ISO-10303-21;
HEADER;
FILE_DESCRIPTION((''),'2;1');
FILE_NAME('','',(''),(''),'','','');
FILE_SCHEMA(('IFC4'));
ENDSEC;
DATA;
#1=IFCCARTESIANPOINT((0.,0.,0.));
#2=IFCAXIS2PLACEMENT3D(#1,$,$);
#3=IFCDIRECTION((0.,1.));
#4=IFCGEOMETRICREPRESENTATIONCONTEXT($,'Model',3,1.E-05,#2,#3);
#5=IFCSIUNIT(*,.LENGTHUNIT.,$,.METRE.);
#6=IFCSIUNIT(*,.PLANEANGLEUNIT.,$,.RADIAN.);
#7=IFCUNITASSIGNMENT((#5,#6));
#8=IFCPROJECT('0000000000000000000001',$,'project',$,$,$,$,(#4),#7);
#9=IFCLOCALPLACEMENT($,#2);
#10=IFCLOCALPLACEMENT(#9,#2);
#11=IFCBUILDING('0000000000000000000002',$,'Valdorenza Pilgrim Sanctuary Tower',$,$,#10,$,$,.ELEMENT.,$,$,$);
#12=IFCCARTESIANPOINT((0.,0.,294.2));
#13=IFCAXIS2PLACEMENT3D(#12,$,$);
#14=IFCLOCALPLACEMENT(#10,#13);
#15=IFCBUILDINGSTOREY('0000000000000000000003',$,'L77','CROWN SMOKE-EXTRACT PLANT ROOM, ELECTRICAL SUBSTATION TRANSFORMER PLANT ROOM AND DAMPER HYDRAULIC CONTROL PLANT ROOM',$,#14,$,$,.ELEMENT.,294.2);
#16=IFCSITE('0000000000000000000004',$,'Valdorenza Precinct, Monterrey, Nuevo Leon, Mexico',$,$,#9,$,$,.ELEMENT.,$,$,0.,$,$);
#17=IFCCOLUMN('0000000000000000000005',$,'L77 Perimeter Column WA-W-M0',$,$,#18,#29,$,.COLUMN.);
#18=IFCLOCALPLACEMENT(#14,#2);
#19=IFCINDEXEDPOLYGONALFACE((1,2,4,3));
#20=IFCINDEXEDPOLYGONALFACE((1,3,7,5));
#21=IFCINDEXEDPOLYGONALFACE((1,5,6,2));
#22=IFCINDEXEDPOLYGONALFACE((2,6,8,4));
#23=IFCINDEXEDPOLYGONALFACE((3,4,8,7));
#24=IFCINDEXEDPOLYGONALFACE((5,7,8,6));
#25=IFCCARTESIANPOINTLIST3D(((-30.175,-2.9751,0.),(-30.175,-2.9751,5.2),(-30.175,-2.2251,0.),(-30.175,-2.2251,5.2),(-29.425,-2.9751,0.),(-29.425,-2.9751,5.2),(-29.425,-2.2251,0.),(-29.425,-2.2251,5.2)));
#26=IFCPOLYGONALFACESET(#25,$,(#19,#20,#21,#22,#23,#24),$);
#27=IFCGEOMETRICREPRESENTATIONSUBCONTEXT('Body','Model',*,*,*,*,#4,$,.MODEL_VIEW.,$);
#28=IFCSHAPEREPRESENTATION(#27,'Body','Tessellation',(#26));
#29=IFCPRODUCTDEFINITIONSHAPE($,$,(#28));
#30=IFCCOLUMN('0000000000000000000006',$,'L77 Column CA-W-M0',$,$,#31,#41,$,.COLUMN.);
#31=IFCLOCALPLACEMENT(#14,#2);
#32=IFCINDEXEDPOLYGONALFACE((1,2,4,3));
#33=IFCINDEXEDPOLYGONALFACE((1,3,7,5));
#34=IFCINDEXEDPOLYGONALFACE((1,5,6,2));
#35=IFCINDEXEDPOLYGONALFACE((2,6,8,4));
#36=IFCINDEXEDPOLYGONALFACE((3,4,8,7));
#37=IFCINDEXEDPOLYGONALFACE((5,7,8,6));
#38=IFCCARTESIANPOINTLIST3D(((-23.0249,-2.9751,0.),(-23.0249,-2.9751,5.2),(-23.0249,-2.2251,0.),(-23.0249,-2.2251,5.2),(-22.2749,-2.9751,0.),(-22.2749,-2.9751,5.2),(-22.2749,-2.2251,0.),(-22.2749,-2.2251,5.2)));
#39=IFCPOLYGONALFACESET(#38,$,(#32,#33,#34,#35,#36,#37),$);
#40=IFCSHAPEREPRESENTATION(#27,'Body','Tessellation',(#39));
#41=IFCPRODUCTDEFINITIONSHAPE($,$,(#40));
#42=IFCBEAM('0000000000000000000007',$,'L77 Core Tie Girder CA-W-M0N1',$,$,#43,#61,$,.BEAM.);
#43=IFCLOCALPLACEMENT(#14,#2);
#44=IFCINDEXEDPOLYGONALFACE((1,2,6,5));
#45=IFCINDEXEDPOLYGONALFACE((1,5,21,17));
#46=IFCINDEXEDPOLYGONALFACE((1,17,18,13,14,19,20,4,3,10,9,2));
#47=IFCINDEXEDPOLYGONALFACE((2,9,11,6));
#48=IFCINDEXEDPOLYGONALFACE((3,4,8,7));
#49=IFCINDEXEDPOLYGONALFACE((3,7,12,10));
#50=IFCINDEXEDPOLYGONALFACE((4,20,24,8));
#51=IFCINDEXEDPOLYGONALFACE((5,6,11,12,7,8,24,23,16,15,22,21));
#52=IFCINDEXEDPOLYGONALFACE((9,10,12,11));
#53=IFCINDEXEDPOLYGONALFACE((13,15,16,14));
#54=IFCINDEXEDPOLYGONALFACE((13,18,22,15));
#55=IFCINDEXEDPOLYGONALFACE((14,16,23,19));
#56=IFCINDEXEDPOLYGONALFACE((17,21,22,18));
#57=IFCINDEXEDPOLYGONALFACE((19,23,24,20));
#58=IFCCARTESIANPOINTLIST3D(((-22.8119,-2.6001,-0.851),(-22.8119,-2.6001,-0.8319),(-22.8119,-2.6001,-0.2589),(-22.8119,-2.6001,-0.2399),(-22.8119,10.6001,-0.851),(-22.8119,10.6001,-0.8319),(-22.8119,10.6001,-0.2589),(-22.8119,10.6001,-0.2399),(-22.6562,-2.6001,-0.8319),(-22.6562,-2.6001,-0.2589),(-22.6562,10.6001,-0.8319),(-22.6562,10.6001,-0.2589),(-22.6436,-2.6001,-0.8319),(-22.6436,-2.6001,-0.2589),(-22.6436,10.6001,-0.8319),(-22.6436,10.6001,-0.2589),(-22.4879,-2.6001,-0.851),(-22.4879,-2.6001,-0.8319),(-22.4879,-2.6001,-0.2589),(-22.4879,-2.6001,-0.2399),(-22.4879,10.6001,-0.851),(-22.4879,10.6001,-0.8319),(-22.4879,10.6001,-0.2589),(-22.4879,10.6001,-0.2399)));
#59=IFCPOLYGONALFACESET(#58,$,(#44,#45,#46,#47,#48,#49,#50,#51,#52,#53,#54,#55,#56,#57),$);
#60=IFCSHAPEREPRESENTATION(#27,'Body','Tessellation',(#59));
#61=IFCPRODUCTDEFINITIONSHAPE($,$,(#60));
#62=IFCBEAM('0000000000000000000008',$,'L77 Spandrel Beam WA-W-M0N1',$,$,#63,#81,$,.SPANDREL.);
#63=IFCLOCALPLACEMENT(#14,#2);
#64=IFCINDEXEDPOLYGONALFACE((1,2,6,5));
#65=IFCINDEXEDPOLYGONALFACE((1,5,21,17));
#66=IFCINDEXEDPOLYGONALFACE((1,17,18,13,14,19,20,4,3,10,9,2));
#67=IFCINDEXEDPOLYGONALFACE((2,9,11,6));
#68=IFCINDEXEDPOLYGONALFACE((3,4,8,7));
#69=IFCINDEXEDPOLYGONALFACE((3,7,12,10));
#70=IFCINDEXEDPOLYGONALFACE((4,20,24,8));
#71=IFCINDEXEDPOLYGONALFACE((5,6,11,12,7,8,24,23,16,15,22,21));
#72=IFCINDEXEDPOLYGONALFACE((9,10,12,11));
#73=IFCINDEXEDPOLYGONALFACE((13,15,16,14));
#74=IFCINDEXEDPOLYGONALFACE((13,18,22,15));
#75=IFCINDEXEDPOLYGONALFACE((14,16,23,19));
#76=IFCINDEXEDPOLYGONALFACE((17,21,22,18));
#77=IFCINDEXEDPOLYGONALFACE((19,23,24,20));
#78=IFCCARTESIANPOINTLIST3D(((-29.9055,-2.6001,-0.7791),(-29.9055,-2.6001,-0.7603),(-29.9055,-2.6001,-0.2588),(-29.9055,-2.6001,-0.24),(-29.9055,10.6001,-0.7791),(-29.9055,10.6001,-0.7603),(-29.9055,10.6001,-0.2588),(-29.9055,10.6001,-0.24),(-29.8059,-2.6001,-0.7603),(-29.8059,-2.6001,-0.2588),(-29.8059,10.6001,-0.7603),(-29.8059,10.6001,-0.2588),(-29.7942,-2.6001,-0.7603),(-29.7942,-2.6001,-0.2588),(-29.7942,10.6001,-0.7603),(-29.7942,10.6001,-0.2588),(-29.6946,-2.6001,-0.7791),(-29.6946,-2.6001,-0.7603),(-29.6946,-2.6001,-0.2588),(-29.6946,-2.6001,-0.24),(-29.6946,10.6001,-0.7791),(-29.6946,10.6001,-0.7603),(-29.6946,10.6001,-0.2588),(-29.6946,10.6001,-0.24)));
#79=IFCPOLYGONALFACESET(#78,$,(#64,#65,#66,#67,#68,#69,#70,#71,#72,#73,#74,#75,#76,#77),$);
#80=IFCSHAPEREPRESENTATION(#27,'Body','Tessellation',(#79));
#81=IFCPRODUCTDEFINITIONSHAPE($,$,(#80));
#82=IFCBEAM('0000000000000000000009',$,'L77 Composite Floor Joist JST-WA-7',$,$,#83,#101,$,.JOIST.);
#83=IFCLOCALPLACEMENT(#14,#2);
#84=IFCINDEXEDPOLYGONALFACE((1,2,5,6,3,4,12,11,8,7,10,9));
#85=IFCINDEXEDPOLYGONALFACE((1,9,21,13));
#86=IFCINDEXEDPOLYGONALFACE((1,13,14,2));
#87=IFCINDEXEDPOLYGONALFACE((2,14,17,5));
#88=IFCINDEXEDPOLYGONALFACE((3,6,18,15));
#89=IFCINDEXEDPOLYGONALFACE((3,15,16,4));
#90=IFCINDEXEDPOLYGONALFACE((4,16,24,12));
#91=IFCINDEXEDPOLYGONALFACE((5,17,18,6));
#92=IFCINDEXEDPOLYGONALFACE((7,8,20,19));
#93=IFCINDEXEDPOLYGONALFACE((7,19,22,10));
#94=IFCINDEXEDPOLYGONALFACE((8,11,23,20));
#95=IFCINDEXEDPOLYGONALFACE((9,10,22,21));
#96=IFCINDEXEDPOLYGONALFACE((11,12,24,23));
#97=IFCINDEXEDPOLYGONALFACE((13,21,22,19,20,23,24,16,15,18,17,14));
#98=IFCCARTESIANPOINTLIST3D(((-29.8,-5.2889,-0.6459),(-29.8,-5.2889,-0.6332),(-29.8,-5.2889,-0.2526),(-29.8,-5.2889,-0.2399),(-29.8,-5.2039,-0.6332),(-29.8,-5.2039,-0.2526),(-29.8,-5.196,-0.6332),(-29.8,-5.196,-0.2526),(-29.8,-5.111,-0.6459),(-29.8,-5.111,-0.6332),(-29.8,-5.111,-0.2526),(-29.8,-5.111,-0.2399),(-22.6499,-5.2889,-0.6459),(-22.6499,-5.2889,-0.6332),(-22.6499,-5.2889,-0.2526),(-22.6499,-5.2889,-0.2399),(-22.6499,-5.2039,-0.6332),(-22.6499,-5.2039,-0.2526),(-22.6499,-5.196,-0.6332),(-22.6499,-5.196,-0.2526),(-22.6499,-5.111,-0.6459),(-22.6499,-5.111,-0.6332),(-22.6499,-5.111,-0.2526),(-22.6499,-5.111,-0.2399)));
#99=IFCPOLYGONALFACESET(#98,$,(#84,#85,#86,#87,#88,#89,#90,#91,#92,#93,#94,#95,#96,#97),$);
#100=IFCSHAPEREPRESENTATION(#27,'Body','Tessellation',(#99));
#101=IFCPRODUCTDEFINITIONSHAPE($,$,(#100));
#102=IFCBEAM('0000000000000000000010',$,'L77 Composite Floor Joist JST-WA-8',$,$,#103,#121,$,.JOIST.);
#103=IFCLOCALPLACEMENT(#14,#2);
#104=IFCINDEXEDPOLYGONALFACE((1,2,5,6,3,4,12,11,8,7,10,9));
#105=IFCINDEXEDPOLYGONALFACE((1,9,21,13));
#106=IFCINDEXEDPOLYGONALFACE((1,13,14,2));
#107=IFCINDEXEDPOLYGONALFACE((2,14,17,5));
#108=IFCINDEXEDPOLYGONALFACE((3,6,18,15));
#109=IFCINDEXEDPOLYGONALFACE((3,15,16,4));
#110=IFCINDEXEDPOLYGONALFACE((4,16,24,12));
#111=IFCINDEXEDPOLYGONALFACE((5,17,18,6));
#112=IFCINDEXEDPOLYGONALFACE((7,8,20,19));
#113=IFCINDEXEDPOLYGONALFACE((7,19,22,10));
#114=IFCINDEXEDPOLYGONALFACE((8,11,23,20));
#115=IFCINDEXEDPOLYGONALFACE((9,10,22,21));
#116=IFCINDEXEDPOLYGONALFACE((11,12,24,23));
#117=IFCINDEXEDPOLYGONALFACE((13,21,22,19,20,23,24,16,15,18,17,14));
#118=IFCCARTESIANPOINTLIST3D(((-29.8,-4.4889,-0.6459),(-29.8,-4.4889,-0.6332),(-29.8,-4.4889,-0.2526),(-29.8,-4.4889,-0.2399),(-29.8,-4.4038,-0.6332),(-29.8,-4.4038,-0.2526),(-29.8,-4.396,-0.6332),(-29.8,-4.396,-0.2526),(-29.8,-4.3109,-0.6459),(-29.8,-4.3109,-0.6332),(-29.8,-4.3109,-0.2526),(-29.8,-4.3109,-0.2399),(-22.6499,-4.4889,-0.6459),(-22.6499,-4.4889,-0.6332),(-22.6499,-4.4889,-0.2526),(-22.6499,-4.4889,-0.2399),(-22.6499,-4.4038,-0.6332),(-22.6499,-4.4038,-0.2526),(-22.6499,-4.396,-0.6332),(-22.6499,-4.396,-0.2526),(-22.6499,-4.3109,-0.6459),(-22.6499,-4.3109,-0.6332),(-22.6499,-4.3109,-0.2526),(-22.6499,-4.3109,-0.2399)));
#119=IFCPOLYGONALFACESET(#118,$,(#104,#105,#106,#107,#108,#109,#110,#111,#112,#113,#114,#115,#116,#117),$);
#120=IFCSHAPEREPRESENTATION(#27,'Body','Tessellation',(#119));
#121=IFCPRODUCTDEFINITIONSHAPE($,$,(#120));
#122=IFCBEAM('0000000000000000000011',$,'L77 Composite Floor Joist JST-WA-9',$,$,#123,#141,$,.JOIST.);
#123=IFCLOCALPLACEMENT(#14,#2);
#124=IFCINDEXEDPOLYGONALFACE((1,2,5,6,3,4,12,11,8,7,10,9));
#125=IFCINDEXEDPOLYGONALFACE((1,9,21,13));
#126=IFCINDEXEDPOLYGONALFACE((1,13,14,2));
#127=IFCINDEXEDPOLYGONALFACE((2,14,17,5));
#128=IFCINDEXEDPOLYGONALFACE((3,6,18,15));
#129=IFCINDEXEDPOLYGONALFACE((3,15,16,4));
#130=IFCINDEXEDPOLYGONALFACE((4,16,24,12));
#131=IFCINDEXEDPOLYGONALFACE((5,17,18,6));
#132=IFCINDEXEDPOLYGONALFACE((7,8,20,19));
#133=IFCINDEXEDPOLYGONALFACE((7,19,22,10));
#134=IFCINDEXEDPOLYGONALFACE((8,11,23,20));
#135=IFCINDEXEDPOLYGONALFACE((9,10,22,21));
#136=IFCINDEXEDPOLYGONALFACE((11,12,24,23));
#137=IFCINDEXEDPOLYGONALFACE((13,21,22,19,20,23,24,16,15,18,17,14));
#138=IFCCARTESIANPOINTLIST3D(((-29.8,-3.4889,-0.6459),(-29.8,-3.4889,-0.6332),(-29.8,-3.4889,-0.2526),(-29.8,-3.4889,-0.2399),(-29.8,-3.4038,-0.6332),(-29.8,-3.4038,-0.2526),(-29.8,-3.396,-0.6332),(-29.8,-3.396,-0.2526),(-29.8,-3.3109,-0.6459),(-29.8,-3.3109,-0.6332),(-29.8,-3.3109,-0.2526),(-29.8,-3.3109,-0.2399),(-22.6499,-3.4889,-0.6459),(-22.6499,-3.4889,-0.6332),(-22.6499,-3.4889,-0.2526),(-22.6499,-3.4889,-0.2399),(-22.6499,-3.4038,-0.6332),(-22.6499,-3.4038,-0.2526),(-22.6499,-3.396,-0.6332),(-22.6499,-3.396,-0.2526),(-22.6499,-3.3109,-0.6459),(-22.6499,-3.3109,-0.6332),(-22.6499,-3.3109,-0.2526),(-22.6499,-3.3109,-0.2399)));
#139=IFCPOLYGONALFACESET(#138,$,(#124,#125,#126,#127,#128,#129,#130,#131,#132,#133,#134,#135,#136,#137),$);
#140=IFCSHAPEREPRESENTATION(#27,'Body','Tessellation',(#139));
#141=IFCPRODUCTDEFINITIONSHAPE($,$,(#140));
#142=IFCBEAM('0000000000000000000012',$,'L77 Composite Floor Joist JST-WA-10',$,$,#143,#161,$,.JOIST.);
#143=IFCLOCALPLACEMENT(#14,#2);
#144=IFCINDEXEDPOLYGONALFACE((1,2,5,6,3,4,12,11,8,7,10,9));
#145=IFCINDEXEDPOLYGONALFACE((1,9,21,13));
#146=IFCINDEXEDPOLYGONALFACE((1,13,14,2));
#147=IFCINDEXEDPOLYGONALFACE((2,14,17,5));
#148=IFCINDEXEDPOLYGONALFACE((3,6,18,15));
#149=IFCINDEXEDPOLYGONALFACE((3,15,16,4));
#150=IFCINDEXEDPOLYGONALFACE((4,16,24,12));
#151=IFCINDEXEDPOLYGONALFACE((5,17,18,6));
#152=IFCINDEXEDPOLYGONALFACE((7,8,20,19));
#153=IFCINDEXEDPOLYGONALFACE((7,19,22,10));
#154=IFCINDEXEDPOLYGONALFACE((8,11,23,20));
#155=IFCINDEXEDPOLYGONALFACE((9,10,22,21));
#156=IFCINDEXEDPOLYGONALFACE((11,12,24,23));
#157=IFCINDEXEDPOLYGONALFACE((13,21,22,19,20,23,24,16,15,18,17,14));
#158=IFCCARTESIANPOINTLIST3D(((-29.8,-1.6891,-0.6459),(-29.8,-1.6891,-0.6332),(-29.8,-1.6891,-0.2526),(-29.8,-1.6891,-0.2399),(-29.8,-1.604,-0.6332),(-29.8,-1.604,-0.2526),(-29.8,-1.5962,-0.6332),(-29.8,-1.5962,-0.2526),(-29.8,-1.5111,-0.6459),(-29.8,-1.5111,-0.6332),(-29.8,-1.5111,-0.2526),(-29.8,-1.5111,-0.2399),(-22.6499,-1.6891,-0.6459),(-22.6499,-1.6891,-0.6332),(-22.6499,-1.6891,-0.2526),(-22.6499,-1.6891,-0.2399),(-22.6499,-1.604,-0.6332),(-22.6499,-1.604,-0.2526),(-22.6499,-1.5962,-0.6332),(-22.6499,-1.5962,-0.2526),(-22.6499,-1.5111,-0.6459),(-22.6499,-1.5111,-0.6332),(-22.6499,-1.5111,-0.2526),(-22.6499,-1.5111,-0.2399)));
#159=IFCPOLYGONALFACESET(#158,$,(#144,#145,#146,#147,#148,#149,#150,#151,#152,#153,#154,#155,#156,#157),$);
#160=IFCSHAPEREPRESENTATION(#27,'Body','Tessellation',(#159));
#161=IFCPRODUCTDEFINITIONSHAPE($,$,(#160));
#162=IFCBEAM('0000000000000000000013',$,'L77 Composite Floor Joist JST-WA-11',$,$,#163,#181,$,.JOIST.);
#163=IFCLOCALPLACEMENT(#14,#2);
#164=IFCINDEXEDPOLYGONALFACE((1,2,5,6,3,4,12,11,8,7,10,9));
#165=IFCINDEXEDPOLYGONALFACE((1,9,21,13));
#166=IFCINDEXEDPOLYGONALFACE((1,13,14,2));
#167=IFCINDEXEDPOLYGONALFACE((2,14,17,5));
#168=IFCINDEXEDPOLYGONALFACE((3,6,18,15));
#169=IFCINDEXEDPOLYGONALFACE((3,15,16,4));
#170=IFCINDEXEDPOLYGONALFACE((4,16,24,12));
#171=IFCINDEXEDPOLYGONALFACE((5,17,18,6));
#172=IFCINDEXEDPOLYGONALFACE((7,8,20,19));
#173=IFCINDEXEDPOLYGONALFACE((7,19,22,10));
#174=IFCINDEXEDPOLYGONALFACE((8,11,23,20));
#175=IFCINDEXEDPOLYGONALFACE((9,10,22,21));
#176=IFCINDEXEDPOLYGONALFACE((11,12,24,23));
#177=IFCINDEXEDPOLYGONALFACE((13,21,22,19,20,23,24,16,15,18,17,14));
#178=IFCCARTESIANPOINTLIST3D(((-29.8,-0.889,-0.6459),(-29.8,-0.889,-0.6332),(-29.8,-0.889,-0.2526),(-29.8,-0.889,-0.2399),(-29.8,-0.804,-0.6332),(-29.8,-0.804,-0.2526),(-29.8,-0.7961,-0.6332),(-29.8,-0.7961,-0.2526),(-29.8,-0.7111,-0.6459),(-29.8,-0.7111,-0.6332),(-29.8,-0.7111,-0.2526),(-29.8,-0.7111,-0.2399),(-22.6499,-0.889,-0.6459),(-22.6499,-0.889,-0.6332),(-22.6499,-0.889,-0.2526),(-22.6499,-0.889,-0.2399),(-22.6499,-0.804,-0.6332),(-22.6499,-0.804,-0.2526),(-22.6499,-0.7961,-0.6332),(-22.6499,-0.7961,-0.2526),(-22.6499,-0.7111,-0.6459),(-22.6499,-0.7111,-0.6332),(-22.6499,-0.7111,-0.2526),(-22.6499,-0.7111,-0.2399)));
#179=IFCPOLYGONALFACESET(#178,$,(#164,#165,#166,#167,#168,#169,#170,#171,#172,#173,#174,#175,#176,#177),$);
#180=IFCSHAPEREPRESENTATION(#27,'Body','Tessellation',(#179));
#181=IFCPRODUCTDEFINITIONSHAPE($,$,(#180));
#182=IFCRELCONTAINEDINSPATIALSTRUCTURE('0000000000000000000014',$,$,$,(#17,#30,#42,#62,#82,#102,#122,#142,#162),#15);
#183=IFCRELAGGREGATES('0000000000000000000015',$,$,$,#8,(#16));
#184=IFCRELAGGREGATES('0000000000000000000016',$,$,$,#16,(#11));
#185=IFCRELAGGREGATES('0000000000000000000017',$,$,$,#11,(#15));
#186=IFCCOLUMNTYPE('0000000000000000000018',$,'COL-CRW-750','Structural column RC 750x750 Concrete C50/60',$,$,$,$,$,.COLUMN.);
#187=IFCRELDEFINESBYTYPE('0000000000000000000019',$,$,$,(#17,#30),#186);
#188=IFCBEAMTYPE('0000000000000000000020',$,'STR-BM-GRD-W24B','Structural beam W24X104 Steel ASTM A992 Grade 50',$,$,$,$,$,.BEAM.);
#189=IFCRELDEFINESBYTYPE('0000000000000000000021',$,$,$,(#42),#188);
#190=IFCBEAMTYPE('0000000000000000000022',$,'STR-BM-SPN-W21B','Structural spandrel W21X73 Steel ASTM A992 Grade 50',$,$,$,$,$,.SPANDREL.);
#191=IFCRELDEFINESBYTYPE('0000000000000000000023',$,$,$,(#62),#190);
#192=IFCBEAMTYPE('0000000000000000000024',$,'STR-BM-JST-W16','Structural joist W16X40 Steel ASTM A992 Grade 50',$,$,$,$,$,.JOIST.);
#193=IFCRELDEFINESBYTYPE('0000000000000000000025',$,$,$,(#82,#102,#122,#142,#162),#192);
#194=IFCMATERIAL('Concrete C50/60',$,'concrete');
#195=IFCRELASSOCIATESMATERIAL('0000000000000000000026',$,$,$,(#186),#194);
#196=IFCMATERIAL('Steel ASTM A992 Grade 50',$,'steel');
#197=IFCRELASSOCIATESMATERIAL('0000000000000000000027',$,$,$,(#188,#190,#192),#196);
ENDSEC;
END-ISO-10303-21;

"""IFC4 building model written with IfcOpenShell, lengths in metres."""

from ifc_helpers import new_model, si_unit, direction, frame, origin, origin_2d, place, context, subcontext, project, spatial, rectangle, i_section, extrude, source, transform, mapped, material, material_profile, profile_set, type_object, element, save


model = new_model("IFC4")

# Units and contexts
model_context = context("Model", 3, precision=1e-05, world=origin(), true_north=direction((0.0, 1.0)))
body_context = subcontext(model_context, "Body", "Model", "MODEL_VIEW")
ifc_project = project(units=[si_unit("LENGTHUNIT", "METRE"), si_unit("PLANEANGLEUNIT", "RADIAN")], contexts=[model_context])

# Site, building, storey
site_placement = place(None, origin())
site = spatial("IfcSite", under=ifc_project, at=site_placement, Name="Valdorenza Precinct, Monterrey, Nuevo Leon, Mexico", CompositionType="ELEMENT", RefElevation=0.0)
building_placement = place(site_placement, origin())
building = spatial("IfcBuilding", under=site, at=building_placement, Name="Valdorenza Pilgrim Sanctuary Tower", CompositionType="ELEMENT")
storey_placement = place(building_placement, frame((0.0, 0.0, 294.2)))
storey = spatial("IfcBuildingStorey", under=building, at=storey_placement, Name="L77", Description="CROWN SMOKE-EXTRACT PLANT ROOM, ELECTRICAL SUBSTATION TRANSFORMER PLANT ROOM AND DAMPER HYDRAULIC CONTROL PLANT ROOM", CompositionType="ELEMENT", Elevation=294.2)

# Columns
ifc_material_1 = material(Name="Concrete C50/60", Category="concrete")
ifc_material_profile_1 = material_profile(ifc_material_1, rectangle(XDim=0.75, YDim=0.75, at=origin_2d()), Name="RC 750x750")
ifc_profile_set_1 = profile_set([ifc_material_profile_1], Name="Concrete C50/60")
column_type = type_object("IfcColumnType", Name="COL-CRW-750", Description="Structural column RC 750x750 Concrete C50/60", PredefinedType="COLUMN", material=ifc_profile_set_1)
shared_shape_1 = source(origin(), body_context, "Body", "SweptSolid", [
    extrude(rectangle(XDim=0.75, YDim=0.75, at=origin_2d()), origin(), (0.0, 0.0, 1.0), 5.2),
])
for number, where, z_axis, x_axis, name in (
    (1, (-29.8, -2.6001, 0.0), (0.0, 0.0, 1.0), (1.0, 0.0, 0.0), "L77 Perimeter Column WA-W-M0"),
    (2, (-22.6499, -2.6001, 0.0), (0.0, 0.0, 1.0), (1.0, 0.0, 0.0), "L77 Column CA-W-M0"),
):
    element("IfcColumn", number, at=place(storey_placement, frame(where, z_axis=z_axis, x_axis=x_axis)), inside=storey, type_object=column_type, Name=name, PredefinedType="COLUMN", context=body_context, shape_type="MappedRepresentation", body=[
        mapped(shared_shape_1, transform((0.0, 0.0, 0.0), x_axis=(1.0, 0.0, 0.0), y_axis=(0.0, 1.0, 0.0), z_axis=(0.0, 0.0, 1.0), scale=1.0)),
    ])

# Beams
ifc_material_2 = material(Name="Steel ASTM A992 Grade 50", Category="steel")
ifc_material_profile_2 = material_profile(ifc_material_2, i_section(OverallWidth=0.324, OverallDepth=0.6111, WebThickness=0.0127, FlangeThickness=0.019, at=origin_2d()), Name="W24X104")
ifc_profile_set_2 = profile_set([ifc_material_profile_2], Name="Steel ASTM A992 Grade 50")
beam_type_1 = type_object("IfcBeamType", Name="STR-BM-GRD-W24B", Description="Structural beam W24X104 Steel ASTM A992 Grade 50", PredefinedType="BEAM", material=ifc_profile_set_2)
shared_shape_2 = source(origin(), body_context, "Body", "SweptSolid", [
    extrude(i_section(OverallWidth=0.324, OverallDepth=0.6111, WebThickness=0.0127, FlangeThickness=0.019, at=origin_2d()), origin(), (0.0, 0.0, 1.0), 13.2002),
])
beam_1_placement = place(storey_placement, frame((-22.6499, -2.6001, -0.5454), z_axis=(0.0, 1.0, 0.0), x_axis=(-1.0, 0.0, 0.0)))
element("IfcBeam", 3, at=beam_1_placement, inside=storey, type_object=beam_type_1, Name="L77 Core Tie Girder CA-W-M0N1", PredefinedType="BEAM", context=body_context, shape_type="MappedRepresentation", body=[
    mapped(shared_shape_2, transform((0.0, 0.0, 0.0), x_axis=(1.0, 0.0, 0.0), y_axis=(0.0, 1.0, 0.0), z_axis=(0.0, 0.0, 1.0), scale=1.0)),
])
ifc_material_profile_3 = material_profile(ifc_material_2, i_section(OverallWidth=0.2109, OverallDepth=0.5391, WebThickness=0.0117, FlangeThickness=0.0188, at=origin_2d()), Name="W21X73")
ifc_profile_set_3 = profile_set([ifc_material_profile_3], Name="Steel ASTM A992 Grade 50")
beam_type_2 = type_object("IfcBeamType", Name="STR-BM-SPN-W21B", Description="Structural spandrel W21X73 Steel ASTM A992 Grade 50", PredefinedType="SPANDREL", material=ifc_profile_set_3)
shared_shape_3 = source(origin(), body_context, "Body", "SweptSolid", [
    extrude(i_section(OverallWidth=0.2109, OverallDepth=0.5391, WebThickness=0.0117, FlangeThickness=0.0188, at=origin_2d()), origin(), (0.0, 0.0, 1.0), 13.2002),
])
beam_2_placement = place(storey_placement, frame((-29.8, -2.6001, -0.5095), z_axis=(0.0, 1.0, 0.0), x_axis=(-1.0, 0.0, 0.0)))
element("IfcBeam", 4, at=beam_2_placement, inside=storey, type_object=beam_type_2, Name="L77 Spandrel Beam WA-W-M0N1", PredefinedType="SPANDREL", context=body_context, shape_type="MappedRepresentation", body=[
    mapped(shared_shape_3, transform((0.0, 0.0, 0.0), x_axis=(1.0, 0.0, 0.0), y_axis=(0.0, 1.0, 0.0), z_axis=(0.0, 0.0, 1.0), scale=1.0)),
])
ifc_material_profile_4 = material_profile(ifc_material_2, i_section(OverallWidth=0.178, OverallDepth=0.406, WebThickness=0.0078, FlangeThickness=0.0127, at=origin_2d()), Name="W16X40")
ifc_profile_set_4 = profile_set([ifc_material_profile_4], Name="Steel ASTM A992 Grade 50")
beam_type_3 = type_object("IfcBeamType", Name="STR-BM-JST-W16", Description="Structural joist W16X40 Steel ASTM A992 Grade 50", PredefinedType="JOIST", material=ifc_profile_set_4)
shared_shape_4 = source(origin(), body_context, "Body", "SweptSolid", [
    extrude(i_section(OverallWidth=0.178, OverallDepth=0.406, WebThickness=0.0078, FlangeThickness=0.0127, at=origin_2d()), origin(), (0.0, 0.0, 1.0), 7.1501),
])
for number, where, z_axis, x_axis, name in (
    (5, (-29.8, -5.2, -0.4429), (1.0, 0.0, 0.0), (0.0, 1.0, 0.0), "L77 Composite Floor Joist JST-WA-7"),
    (6, (-29.8, -4.3999, -0.4429), (1.0, 0.0, 0.0), (0.0, 1.0, 0.0), "L77 Composite Floor Joist JST-WA-8"),
    (7, (-29.8, -3.3999, -0.4429), (1.0, 0.0, 0.0), (0.0, 1.0, 0.0), "L77 Composite Floor Joist JST-WA-9"),
    (8, (-29.8, -1.6001, -0.4429), (1.0, 0.0, 0.0), (0.0, 1.0, 0.0), "L77 Composite Floor Joist JST-WA-10"),
    (9, (-29.8, -0.8, -0.4429), (1.0, 0.0, 0.0), (0.0, 1.0, 0.0), "L77 Composite Floor Joist JST-WA-11"),
):
    element("IfcBeam", number, at=place(storey_placement, frame(where, z_axis=z_axis, x_axis=x_axis)), inside=storey, type_object=beam_type_3, Name=name, PredefinedType="JOIST", context=body_context, shape_type="MappedRepresentation", body=[
        mapped(shared_shape_4, transform((0.0, 0.0, 0.0), x_axis=(1.0, 0.0, 0.0), y_axis=(0.0, 1.0, 0.0), z_axis=(0.0, 0.0, 1.0), scale=1.0)),
    ])

save(model, "model.ifc")
